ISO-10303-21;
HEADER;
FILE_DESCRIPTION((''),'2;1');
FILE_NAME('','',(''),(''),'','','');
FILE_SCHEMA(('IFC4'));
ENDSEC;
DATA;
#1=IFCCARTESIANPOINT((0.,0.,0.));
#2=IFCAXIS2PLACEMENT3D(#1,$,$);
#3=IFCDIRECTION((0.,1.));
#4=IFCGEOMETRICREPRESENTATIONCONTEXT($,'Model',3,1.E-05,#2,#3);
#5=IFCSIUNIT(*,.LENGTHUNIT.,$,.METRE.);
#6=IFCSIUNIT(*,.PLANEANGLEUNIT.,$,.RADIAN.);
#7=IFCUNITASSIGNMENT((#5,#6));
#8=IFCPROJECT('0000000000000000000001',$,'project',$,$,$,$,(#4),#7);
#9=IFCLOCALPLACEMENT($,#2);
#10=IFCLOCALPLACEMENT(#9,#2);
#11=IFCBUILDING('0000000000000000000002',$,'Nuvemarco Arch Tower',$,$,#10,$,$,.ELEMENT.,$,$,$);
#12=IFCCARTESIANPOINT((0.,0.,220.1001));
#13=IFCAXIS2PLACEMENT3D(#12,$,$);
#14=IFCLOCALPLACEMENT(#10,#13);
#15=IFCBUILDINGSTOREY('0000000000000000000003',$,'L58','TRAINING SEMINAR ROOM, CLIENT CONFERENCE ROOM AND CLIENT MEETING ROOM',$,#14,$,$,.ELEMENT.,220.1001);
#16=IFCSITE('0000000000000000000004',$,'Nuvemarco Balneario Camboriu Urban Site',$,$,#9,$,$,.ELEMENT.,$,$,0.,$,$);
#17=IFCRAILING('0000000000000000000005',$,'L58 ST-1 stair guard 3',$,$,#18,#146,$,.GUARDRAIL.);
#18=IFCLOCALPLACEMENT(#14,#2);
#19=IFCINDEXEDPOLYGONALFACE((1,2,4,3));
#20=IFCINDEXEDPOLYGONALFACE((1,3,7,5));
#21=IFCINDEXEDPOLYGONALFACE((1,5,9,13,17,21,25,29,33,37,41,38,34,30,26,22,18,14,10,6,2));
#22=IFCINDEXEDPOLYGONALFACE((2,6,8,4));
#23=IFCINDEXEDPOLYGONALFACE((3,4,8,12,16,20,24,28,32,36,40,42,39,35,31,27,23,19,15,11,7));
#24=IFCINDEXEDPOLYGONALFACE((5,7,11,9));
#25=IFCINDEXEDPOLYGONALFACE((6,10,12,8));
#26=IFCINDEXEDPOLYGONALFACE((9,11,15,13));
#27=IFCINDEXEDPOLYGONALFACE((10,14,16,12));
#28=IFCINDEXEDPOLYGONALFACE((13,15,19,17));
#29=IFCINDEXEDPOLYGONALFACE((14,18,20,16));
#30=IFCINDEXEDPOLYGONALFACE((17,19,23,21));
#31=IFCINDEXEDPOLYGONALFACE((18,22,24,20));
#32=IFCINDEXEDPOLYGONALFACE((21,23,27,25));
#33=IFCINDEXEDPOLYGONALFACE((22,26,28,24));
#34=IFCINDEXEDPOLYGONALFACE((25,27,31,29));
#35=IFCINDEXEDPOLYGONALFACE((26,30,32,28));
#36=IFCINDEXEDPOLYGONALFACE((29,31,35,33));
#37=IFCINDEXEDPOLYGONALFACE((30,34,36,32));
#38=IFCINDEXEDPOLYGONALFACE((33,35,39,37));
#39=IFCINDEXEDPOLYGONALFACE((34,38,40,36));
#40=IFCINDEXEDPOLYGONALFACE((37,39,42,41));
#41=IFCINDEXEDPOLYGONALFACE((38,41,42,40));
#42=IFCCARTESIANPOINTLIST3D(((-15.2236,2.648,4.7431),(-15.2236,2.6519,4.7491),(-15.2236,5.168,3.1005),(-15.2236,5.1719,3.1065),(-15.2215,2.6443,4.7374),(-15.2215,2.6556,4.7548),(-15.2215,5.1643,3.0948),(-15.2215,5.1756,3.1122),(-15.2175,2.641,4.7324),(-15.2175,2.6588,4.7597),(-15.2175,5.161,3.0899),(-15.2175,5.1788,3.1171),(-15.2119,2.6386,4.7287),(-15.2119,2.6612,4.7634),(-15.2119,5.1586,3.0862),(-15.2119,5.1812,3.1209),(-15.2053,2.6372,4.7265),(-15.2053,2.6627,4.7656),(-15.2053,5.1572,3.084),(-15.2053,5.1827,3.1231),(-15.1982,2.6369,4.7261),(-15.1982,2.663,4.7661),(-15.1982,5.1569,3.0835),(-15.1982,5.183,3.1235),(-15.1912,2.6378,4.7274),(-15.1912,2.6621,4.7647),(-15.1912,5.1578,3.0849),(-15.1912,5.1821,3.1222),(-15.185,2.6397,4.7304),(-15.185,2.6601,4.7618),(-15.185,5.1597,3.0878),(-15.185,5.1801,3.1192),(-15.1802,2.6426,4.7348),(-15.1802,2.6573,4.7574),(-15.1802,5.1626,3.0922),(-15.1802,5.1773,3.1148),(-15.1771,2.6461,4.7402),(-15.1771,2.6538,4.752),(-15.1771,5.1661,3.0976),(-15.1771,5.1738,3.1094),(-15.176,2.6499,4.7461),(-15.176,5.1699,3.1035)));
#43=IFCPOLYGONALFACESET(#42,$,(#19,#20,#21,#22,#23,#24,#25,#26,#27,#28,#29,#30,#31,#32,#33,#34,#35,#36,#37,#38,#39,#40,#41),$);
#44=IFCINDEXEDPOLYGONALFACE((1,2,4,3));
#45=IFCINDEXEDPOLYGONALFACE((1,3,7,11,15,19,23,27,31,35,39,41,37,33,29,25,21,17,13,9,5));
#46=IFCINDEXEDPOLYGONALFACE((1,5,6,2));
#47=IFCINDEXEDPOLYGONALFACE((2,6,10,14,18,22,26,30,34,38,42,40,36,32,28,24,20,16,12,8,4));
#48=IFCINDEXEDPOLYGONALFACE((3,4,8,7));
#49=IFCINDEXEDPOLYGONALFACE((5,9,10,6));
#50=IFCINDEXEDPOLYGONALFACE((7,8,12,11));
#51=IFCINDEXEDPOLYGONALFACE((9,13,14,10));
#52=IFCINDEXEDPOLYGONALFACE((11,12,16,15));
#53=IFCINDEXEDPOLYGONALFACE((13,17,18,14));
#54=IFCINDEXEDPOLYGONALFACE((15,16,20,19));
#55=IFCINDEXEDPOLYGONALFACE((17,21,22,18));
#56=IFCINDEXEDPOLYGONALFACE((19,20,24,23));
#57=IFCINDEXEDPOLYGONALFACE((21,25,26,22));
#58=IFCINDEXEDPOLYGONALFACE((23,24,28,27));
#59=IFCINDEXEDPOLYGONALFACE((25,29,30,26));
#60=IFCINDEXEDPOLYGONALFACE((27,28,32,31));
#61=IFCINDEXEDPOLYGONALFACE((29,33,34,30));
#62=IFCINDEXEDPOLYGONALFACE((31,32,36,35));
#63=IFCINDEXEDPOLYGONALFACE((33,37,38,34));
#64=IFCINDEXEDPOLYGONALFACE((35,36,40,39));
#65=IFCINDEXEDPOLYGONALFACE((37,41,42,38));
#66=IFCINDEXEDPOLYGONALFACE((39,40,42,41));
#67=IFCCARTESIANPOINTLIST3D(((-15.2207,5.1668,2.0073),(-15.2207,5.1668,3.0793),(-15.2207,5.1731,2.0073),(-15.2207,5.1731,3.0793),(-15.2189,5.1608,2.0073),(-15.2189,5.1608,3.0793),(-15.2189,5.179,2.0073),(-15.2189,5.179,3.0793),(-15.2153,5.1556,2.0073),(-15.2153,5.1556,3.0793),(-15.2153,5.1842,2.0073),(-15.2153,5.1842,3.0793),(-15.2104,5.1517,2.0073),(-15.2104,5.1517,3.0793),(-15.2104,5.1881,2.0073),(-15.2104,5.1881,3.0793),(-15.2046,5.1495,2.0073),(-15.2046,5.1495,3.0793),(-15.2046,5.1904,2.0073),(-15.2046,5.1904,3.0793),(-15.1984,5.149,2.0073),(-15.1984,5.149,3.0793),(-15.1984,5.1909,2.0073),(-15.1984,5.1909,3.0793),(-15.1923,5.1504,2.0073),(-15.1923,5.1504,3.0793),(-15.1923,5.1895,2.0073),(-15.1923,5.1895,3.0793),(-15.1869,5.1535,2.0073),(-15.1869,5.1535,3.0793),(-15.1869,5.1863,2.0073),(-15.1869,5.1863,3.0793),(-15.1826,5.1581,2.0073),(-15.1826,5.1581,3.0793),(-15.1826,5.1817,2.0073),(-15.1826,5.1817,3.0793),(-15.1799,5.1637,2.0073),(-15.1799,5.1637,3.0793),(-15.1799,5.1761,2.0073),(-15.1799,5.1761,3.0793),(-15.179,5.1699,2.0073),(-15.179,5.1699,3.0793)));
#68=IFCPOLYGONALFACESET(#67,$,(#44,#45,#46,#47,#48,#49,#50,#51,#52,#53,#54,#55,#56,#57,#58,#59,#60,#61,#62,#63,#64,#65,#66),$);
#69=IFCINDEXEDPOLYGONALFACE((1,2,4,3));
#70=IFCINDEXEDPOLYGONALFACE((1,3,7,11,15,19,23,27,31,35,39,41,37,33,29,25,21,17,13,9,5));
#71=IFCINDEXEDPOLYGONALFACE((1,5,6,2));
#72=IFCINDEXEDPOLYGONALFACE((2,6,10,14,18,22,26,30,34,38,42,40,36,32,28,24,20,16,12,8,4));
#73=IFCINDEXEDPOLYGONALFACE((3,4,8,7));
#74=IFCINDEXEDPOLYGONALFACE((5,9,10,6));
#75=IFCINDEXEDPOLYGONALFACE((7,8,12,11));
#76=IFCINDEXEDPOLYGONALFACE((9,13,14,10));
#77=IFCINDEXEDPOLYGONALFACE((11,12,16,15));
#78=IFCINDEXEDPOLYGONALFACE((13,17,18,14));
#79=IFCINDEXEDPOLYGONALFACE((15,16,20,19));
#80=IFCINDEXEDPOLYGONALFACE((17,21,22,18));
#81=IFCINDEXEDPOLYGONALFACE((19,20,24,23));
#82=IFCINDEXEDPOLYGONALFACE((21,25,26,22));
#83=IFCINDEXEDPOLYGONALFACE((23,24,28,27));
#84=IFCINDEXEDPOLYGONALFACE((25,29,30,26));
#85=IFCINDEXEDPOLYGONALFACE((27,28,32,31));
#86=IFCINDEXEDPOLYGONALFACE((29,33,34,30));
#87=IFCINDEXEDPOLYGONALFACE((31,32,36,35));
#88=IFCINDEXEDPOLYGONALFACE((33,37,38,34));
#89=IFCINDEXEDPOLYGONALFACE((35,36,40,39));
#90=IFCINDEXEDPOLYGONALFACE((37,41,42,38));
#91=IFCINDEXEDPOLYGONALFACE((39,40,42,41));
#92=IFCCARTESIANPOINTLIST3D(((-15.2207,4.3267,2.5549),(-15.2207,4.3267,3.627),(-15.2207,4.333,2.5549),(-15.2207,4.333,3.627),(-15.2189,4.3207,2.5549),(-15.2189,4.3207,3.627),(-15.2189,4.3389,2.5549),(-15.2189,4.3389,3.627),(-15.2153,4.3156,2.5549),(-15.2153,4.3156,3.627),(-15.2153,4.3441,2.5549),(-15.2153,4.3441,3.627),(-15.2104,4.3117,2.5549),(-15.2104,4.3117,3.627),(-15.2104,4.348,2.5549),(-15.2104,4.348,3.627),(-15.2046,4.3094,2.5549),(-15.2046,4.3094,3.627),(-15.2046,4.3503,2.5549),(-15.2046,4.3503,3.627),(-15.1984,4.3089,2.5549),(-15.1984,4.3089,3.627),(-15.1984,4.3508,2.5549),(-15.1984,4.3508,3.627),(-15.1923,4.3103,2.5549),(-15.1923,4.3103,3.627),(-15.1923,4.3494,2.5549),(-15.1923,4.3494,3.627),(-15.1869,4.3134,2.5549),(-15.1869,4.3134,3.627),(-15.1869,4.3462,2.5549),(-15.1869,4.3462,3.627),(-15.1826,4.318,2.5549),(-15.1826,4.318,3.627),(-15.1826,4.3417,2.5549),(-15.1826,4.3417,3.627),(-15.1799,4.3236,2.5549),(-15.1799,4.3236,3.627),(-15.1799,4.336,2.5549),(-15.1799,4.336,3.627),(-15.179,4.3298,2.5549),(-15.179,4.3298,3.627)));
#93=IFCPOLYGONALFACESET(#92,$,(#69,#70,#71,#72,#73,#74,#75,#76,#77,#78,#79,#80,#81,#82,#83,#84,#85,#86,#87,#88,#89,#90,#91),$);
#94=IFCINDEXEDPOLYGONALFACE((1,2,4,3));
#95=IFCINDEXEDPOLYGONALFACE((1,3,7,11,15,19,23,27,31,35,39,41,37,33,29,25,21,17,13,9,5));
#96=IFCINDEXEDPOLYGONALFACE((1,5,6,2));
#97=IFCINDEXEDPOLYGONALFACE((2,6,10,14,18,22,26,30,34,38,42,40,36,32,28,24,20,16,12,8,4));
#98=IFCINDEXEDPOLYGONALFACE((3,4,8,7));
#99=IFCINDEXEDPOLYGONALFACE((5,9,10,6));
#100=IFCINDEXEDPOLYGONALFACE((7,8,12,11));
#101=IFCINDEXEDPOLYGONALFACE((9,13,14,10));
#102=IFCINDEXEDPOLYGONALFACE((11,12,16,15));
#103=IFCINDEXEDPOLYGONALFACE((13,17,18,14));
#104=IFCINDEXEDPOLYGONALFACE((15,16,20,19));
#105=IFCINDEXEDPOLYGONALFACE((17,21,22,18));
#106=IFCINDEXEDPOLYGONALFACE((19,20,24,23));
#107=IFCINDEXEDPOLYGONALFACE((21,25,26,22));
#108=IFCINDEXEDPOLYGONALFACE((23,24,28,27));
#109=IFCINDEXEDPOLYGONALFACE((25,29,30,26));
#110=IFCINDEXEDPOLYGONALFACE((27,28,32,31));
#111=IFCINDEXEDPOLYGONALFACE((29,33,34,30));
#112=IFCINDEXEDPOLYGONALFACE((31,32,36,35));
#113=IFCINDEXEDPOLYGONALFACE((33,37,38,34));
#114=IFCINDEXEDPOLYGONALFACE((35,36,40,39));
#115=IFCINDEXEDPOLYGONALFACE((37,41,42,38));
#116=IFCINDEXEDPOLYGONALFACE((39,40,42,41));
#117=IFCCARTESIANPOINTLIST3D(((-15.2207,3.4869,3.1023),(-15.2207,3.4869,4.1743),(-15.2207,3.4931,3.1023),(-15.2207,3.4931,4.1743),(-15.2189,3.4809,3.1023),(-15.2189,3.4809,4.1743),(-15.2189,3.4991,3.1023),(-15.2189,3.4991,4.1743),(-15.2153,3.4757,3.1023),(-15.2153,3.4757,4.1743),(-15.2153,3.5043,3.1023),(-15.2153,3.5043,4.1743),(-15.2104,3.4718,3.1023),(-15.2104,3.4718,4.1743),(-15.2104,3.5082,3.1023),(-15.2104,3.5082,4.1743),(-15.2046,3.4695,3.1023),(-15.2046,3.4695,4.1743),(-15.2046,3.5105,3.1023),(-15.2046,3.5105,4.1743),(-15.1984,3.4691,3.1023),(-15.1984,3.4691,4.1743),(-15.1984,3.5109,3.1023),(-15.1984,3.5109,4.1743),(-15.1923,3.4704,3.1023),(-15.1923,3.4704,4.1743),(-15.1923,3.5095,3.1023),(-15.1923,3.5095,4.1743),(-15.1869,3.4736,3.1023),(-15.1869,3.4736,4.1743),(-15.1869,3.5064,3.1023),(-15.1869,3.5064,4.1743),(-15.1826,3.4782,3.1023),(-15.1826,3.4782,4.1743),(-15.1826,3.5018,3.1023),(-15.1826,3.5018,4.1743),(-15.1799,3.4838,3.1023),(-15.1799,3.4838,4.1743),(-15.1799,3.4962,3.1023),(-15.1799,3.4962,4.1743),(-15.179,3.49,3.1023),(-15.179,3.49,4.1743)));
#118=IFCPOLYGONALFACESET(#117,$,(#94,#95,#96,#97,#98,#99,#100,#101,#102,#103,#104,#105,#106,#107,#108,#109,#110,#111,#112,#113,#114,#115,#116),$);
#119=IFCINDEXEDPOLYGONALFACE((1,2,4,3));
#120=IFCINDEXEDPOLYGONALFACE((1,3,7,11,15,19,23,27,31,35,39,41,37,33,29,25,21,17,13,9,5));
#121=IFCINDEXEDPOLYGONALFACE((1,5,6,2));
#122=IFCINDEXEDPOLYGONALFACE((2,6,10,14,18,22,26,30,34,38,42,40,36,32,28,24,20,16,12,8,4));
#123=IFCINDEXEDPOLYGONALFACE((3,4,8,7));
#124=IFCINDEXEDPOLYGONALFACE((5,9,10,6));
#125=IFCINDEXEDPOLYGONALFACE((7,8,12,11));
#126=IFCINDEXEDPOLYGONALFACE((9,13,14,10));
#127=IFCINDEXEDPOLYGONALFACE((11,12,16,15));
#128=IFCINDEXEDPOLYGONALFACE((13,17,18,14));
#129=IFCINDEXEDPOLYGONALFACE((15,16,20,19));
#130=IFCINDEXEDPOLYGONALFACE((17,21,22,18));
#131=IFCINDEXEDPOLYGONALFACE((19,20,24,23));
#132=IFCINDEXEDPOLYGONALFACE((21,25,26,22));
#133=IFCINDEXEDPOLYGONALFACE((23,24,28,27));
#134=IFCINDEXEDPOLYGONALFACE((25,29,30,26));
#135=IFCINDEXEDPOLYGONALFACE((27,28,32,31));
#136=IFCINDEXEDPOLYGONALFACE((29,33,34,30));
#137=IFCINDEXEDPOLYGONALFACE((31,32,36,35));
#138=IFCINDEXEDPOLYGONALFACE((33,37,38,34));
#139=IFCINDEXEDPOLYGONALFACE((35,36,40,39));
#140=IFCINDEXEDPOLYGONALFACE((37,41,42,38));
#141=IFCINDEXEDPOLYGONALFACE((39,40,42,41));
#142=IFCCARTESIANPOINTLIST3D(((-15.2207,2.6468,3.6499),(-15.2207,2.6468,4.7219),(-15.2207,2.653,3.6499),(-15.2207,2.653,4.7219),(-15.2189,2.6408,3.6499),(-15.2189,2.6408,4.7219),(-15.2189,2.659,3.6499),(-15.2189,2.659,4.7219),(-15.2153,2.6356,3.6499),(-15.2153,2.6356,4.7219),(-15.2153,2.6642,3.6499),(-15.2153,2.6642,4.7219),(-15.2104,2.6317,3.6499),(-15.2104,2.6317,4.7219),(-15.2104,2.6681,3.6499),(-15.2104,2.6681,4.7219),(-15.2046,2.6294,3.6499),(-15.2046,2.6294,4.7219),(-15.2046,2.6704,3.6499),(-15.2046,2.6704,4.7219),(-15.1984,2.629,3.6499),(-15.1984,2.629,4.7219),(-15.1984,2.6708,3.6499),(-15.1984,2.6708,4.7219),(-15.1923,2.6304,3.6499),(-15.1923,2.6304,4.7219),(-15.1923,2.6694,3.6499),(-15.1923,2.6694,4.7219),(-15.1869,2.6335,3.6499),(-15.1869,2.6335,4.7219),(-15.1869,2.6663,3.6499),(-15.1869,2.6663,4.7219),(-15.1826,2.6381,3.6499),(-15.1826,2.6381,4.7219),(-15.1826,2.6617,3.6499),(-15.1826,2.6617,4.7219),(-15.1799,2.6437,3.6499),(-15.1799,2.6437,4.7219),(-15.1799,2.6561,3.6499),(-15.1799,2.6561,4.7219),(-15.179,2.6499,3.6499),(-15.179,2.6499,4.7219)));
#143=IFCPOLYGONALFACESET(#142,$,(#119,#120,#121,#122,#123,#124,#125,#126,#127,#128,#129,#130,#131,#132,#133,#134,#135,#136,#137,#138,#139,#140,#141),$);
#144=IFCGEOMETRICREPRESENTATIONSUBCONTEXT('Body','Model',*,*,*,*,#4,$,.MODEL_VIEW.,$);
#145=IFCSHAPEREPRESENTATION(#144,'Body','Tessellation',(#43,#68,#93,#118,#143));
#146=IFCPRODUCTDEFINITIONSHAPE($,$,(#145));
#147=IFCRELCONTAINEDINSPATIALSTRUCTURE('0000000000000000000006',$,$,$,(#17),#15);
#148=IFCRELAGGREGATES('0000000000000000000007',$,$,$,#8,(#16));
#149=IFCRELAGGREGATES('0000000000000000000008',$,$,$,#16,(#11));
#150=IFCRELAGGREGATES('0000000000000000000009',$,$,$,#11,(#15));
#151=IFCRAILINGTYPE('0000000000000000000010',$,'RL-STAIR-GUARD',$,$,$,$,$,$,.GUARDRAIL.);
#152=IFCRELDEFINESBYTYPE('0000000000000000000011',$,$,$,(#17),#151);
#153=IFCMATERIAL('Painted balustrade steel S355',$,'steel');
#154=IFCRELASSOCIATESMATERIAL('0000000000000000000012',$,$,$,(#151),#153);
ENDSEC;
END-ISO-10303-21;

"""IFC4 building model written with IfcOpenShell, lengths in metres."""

from ifc_helpers import new_model, si_unit, direction, frame, origin, origin_2d, place, context, subcontext, project, spatial, circle, extrude, material, type_object, element, save


model = new_model("IFC4")

# Units and contexts
model_context = context("Model", 3, precision=1e-05, world=origin(), true_north=direction((0.0, 1.0)))
body_context = subcontext(model_context, "Body", "Model", "MODEL_VIEW")
ifc_project = project(units=[si_unit("LENGTHUNIT", "METRE"), si_unit("PLANEANGLEUNIT", "RADIAN")], contexts=[model_context])

# Site, building, storey
site_placement = place(None, origin())
site = spatial("IfcSite", under=ifc_project, at=site_placement, Name="Nuvemarco Balneario Camboriu Urban Site", CompositionType="ELEMENT", RefElevation=0.0)
building_placement = place(site_placement, origin())
building = spatial("IfcBuilding", under=site, at=building_placement, Name="Nuvemarco Arch Tower", CompositionType="ELEMENT")
storey_placement = place(building_placement, frame((0.0, 0.0, 220.1001)))
storey = spatial("IfcBuildingStorey", under=building, at=storey_placement, Name="L58", Description="TRAINING SEMINAR ROOM, CLIENT CONFERENCE ROOM AND CLIENT MEETING ROOM", CompositionType="ELEMENT", Elevation=220.1001)

# Railing
ifc_material_1 = material(Name="Painted balustrade steel S355", Category="steel")
railing_type_1 = type_object("IfcRailingType", Name="RL-STAIR-GUARD", PredefinedType="GUARDRAIL", material=ifc_material_1)
railing_1_placement = place(storey_placement, frame((-15.2, 5.1699, 2.0073)))
element("IfcRailing", 1, at=railing_1_placement, inside=storey, type_object=railing_type_1, Name="L58 ST-1 stair guard 3", PredefinedType="GUARDRAIL", context=body_context, shape_type="SweptSolid", body=[
    extrude(circle(Radius=0.0239, at=origin_2d()), frame((0.0, 0.0, 1.0962), z_axis=(0.0, -0.837749, 0.546055), x_axis=(1.0, 0.0, 0.0)), (0.0, 0.0, 1.0), 3.0081),
    extrude(circle(Radius=0.021, at=origin_2d()), origin(), (0.0, 0.0, 1.0), 1.072),
    extrude(circle(Radius=0.021, at=origin_2d()), frame((0.0, -0.8401, 0.5476)), (0.0, 0.0, 1.0), 1.072),
    extrude(circle(Radius=0.021, at=origin_2d()), frame((0.0, -1.6799, 1.095)), (0.0, 0.0, 1.0), 1.072),
    extrude(circle(Radius=0.021, at=origin_2d()), frame((0.0, -2.52, 1.6426)), (0.0, 0.0, 1.0), 1.072),
])

save(model, "model.ifc")
